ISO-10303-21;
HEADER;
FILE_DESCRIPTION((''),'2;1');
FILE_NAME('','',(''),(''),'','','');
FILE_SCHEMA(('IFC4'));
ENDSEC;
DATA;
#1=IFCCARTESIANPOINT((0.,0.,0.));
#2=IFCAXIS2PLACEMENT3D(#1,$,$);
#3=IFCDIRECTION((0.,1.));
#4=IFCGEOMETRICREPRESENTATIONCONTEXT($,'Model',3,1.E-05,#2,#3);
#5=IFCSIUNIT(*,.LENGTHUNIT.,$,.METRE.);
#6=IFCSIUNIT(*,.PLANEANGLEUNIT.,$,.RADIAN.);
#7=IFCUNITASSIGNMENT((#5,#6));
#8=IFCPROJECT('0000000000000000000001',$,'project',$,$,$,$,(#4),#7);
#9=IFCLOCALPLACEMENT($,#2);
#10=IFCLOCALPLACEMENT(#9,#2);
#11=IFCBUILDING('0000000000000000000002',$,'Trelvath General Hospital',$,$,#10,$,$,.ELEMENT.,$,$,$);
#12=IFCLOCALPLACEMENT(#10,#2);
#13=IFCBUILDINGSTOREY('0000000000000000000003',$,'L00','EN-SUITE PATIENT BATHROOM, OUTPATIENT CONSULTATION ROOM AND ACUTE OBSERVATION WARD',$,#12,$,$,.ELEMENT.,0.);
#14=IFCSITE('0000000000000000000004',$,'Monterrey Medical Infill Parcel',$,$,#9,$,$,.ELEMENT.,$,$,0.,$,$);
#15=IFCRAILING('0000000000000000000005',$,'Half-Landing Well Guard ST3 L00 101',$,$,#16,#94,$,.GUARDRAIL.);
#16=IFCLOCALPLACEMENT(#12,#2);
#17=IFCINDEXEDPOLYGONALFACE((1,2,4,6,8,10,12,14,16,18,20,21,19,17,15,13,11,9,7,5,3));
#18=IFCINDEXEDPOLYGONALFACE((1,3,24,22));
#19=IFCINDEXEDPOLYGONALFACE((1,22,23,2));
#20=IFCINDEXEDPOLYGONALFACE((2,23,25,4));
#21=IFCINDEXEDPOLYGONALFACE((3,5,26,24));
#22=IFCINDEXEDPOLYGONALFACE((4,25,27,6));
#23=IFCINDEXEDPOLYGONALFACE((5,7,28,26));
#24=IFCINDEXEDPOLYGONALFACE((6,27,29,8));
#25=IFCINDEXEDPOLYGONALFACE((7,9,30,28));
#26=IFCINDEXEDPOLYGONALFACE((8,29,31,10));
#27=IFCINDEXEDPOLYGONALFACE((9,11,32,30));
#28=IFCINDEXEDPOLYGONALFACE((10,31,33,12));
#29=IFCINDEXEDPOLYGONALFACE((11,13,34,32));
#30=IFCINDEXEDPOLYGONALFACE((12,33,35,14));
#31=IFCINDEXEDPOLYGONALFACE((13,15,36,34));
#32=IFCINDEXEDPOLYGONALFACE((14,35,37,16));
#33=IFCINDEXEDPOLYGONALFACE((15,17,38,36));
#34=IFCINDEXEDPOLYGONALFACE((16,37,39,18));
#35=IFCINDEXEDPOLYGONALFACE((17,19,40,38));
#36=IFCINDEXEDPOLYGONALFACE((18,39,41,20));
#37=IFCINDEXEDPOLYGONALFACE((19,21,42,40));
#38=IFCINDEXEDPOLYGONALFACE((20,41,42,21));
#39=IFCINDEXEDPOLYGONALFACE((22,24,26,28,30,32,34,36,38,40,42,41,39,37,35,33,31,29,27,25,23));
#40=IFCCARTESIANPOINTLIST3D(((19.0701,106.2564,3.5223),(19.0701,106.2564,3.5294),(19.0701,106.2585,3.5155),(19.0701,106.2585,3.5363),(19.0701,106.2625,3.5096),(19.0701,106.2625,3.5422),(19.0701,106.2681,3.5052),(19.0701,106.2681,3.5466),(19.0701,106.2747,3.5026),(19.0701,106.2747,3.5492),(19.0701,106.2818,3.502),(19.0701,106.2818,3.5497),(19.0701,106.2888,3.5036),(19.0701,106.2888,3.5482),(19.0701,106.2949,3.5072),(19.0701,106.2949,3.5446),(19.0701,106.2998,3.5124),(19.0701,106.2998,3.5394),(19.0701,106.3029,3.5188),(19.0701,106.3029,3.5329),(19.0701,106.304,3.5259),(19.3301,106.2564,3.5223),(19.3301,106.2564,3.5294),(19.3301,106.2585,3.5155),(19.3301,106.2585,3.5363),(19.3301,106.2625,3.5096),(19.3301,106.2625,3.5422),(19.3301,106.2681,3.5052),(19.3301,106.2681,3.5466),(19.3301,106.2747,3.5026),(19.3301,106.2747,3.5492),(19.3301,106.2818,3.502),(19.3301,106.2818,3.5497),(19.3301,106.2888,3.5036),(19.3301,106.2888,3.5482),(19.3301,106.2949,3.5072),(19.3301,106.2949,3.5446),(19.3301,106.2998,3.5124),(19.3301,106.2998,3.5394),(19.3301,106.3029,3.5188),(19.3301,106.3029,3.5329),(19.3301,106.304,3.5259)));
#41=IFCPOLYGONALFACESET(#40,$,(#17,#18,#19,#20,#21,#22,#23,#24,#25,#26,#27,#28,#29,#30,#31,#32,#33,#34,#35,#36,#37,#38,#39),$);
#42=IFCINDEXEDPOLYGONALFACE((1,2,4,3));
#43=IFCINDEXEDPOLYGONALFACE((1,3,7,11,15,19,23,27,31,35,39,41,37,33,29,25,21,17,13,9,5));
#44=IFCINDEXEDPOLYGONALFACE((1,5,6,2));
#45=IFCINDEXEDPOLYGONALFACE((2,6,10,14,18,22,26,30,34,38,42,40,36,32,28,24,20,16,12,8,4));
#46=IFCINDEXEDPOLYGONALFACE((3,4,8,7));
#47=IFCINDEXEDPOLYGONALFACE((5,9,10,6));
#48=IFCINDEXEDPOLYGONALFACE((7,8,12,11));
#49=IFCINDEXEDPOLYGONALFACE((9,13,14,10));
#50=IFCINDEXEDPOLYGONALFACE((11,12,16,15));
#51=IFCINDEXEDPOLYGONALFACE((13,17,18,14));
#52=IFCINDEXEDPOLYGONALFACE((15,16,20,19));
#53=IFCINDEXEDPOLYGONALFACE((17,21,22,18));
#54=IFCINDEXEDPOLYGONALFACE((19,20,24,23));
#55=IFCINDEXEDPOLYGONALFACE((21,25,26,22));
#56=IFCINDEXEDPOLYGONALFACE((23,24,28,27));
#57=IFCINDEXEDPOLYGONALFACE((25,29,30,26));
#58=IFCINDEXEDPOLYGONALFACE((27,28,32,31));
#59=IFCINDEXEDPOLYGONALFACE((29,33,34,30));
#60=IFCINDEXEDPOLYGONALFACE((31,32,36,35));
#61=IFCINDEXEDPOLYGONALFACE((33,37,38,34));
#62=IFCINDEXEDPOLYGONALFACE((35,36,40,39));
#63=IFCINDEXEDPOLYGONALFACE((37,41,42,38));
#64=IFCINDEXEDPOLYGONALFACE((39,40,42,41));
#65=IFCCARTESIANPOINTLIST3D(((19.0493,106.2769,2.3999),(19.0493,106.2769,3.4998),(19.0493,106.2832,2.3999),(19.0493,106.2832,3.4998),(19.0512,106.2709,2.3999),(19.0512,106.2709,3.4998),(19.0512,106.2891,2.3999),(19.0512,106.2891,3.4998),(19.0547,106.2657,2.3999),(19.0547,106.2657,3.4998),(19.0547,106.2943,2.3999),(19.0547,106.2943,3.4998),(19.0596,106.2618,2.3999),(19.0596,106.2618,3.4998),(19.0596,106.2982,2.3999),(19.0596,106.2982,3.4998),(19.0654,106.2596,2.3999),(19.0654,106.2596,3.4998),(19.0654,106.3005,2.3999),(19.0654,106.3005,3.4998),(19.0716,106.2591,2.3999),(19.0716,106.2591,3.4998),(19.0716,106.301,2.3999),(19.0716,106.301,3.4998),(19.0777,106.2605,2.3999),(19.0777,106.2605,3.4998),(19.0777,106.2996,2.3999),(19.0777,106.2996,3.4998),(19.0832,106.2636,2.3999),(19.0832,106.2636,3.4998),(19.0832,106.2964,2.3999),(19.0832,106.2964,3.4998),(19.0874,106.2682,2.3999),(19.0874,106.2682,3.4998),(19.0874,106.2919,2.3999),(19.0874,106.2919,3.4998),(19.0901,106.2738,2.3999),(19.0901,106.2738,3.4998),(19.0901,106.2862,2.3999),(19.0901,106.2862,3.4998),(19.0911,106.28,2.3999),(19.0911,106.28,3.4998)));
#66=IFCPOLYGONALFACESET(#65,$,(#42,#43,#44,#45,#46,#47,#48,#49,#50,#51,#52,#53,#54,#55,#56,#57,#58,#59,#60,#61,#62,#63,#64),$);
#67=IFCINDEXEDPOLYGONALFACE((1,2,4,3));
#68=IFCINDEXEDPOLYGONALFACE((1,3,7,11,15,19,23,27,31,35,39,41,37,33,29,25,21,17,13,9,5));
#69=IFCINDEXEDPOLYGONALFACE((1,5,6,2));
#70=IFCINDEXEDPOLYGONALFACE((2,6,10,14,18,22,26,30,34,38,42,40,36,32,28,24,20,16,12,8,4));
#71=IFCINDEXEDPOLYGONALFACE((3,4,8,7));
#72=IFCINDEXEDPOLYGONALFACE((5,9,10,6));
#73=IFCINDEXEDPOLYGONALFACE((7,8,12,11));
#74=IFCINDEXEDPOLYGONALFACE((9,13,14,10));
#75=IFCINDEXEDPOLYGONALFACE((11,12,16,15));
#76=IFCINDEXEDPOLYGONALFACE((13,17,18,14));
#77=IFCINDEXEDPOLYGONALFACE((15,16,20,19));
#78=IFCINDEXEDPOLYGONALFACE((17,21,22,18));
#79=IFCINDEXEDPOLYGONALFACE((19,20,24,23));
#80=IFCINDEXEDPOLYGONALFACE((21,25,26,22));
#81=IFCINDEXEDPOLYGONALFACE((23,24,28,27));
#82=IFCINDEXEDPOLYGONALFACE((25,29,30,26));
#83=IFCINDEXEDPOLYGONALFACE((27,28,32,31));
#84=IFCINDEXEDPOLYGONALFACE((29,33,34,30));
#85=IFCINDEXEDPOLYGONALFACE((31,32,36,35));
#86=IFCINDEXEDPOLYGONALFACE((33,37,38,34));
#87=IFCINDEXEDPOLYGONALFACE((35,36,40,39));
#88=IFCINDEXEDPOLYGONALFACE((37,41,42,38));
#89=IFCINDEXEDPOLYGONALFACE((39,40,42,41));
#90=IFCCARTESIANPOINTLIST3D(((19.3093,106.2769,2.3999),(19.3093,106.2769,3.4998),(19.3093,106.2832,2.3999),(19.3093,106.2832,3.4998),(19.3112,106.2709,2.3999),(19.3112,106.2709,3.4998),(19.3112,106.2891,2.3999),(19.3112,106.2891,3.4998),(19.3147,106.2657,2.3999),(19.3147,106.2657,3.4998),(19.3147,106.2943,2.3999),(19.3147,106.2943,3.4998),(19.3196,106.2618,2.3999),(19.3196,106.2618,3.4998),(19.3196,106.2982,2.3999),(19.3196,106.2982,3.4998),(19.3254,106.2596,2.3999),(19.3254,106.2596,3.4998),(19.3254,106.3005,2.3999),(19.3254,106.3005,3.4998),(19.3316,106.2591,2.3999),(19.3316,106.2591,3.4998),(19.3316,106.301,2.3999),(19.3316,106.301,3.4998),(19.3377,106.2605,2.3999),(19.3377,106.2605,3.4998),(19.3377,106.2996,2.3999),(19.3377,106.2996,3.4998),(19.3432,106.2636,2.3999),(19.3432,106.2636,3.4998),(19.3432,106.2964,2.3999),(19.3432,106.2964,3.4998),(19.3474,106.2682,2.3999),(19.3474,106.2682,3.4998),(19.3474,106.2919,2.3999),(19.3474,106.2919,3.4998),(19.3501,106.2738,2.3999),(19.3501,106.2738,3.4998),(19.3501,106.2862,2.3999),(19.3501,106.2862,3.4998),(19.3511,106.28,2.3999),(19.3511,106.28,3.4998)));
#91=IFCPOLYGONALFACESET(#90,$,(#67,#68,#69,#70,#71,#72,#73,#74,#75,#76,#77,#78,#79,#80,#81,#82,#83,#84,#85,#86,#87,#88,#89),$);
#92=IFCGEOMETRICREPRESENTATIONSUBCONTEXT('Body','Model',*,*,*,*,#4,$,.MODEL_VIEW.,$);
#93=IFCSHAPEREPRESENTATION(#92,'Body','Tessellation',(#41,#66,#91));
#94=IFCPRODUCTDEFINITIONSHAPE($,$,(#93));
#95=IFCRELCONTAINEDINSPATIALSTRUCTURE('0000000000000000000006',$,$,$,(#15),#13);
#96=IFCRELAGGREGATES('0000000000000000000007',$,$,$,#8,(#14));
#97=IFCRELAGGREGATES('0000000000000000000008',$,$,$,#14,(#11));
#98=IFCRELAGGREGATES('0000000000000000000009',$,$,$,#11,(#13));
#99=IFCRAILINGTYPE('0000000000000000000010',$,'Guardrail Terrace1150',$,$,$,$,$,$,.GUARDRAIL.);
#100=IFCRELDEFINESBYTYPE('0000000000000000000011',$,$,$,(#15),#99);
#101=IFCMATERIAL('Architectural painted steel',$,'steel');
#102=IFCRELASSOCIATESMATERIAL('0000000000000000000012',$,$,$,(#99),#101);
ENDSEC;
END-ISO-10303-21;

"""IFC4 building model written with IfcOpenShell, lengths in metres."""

from ifc_helpers import new_model, si_unit, direction, frame, origin, origin_2d, place, context, subcontext, project, spatial, circle, extrude, material, type_object, element, save


model = new_model("IFC4")

# Units and contexts
model_context = context("Model", 3, precision=1e-05, world=origin(), true_north=direction((0.0, 1.0)))
body_context = subcontext(model_context, "Body", "Model", "MODEL_VIEW")
ifc_project = project(units=[si_unit("LENGTHUNIT", "METRE"), si_unit("PLANEANGLEUNIT", "RADIAN")], contexts=[model_context])

# Site, building, storey
site_placement = place(None, origin())
site = spatial("IfcSite", under=ifc_project, at=site_placement, Name="Monterrey Medical Infill Parcel", CompositionType="ELEMENT", RefElevation=0.0)
building_placement = place(site_placement, origin())
building = spatial("IfcBuilding", under=site, at=building_placement, Name="Trelvath General Hospital", CompositionType="ELEMENT")
storey_placement = place(building_placement, origin())
storey = spatial("IfcBuildingStorey", under=building, at=storey_placement, Name="L00", Description="EN-SUITE PATIENT BATHROOM, OUTPATIENT CONSULTATION ROOM AND ACUTE OBSERVATION WARD", CompositionType="ELEMENT", Elevation=0.0)

# Railing
ifc_material_1 = material(Name="Architectural painted steel", Category="steel")
railing_type_1 = type_object("IfcRailingType", Name="Guardrail Terrace1150", PredefinedType="GUARDRAIL", material=ifc_material_1)
railing_1_placement = place(storey_placement, frame((19.0701, 106.28, 2.3999)))
element("IfcRailing", 1, at=railing_1_placement, inside=storey, type_object=railing_type_1, Name="Half-Landing Well Guard ST3 L00 101", PredefinedType="GUARDRAIL", context=body_context, shape_type="SweptSolid", body=[
    extrude(circle(Radius=0.0239, at=origin_2d()), frame((0.0, 0.0, 1.126), z_axis=(1.0, 0.0, 0.0), x_axis=(0.0, 1.0, 0.0)), (0.0, 0.0, 1.0), 0.26),
    extrude(circle(Radius=0.021, at=origin_2d()), origin(), (0.0, 0.0, 1.0), 1.0999),
    extrude(circle(Radius=0.021, at=origin_2d()), frame((0.26, 0.0, 0.0)), (0.0, 0.0, 1.0), 1.0999),
])

save(model, "model.ifc")
